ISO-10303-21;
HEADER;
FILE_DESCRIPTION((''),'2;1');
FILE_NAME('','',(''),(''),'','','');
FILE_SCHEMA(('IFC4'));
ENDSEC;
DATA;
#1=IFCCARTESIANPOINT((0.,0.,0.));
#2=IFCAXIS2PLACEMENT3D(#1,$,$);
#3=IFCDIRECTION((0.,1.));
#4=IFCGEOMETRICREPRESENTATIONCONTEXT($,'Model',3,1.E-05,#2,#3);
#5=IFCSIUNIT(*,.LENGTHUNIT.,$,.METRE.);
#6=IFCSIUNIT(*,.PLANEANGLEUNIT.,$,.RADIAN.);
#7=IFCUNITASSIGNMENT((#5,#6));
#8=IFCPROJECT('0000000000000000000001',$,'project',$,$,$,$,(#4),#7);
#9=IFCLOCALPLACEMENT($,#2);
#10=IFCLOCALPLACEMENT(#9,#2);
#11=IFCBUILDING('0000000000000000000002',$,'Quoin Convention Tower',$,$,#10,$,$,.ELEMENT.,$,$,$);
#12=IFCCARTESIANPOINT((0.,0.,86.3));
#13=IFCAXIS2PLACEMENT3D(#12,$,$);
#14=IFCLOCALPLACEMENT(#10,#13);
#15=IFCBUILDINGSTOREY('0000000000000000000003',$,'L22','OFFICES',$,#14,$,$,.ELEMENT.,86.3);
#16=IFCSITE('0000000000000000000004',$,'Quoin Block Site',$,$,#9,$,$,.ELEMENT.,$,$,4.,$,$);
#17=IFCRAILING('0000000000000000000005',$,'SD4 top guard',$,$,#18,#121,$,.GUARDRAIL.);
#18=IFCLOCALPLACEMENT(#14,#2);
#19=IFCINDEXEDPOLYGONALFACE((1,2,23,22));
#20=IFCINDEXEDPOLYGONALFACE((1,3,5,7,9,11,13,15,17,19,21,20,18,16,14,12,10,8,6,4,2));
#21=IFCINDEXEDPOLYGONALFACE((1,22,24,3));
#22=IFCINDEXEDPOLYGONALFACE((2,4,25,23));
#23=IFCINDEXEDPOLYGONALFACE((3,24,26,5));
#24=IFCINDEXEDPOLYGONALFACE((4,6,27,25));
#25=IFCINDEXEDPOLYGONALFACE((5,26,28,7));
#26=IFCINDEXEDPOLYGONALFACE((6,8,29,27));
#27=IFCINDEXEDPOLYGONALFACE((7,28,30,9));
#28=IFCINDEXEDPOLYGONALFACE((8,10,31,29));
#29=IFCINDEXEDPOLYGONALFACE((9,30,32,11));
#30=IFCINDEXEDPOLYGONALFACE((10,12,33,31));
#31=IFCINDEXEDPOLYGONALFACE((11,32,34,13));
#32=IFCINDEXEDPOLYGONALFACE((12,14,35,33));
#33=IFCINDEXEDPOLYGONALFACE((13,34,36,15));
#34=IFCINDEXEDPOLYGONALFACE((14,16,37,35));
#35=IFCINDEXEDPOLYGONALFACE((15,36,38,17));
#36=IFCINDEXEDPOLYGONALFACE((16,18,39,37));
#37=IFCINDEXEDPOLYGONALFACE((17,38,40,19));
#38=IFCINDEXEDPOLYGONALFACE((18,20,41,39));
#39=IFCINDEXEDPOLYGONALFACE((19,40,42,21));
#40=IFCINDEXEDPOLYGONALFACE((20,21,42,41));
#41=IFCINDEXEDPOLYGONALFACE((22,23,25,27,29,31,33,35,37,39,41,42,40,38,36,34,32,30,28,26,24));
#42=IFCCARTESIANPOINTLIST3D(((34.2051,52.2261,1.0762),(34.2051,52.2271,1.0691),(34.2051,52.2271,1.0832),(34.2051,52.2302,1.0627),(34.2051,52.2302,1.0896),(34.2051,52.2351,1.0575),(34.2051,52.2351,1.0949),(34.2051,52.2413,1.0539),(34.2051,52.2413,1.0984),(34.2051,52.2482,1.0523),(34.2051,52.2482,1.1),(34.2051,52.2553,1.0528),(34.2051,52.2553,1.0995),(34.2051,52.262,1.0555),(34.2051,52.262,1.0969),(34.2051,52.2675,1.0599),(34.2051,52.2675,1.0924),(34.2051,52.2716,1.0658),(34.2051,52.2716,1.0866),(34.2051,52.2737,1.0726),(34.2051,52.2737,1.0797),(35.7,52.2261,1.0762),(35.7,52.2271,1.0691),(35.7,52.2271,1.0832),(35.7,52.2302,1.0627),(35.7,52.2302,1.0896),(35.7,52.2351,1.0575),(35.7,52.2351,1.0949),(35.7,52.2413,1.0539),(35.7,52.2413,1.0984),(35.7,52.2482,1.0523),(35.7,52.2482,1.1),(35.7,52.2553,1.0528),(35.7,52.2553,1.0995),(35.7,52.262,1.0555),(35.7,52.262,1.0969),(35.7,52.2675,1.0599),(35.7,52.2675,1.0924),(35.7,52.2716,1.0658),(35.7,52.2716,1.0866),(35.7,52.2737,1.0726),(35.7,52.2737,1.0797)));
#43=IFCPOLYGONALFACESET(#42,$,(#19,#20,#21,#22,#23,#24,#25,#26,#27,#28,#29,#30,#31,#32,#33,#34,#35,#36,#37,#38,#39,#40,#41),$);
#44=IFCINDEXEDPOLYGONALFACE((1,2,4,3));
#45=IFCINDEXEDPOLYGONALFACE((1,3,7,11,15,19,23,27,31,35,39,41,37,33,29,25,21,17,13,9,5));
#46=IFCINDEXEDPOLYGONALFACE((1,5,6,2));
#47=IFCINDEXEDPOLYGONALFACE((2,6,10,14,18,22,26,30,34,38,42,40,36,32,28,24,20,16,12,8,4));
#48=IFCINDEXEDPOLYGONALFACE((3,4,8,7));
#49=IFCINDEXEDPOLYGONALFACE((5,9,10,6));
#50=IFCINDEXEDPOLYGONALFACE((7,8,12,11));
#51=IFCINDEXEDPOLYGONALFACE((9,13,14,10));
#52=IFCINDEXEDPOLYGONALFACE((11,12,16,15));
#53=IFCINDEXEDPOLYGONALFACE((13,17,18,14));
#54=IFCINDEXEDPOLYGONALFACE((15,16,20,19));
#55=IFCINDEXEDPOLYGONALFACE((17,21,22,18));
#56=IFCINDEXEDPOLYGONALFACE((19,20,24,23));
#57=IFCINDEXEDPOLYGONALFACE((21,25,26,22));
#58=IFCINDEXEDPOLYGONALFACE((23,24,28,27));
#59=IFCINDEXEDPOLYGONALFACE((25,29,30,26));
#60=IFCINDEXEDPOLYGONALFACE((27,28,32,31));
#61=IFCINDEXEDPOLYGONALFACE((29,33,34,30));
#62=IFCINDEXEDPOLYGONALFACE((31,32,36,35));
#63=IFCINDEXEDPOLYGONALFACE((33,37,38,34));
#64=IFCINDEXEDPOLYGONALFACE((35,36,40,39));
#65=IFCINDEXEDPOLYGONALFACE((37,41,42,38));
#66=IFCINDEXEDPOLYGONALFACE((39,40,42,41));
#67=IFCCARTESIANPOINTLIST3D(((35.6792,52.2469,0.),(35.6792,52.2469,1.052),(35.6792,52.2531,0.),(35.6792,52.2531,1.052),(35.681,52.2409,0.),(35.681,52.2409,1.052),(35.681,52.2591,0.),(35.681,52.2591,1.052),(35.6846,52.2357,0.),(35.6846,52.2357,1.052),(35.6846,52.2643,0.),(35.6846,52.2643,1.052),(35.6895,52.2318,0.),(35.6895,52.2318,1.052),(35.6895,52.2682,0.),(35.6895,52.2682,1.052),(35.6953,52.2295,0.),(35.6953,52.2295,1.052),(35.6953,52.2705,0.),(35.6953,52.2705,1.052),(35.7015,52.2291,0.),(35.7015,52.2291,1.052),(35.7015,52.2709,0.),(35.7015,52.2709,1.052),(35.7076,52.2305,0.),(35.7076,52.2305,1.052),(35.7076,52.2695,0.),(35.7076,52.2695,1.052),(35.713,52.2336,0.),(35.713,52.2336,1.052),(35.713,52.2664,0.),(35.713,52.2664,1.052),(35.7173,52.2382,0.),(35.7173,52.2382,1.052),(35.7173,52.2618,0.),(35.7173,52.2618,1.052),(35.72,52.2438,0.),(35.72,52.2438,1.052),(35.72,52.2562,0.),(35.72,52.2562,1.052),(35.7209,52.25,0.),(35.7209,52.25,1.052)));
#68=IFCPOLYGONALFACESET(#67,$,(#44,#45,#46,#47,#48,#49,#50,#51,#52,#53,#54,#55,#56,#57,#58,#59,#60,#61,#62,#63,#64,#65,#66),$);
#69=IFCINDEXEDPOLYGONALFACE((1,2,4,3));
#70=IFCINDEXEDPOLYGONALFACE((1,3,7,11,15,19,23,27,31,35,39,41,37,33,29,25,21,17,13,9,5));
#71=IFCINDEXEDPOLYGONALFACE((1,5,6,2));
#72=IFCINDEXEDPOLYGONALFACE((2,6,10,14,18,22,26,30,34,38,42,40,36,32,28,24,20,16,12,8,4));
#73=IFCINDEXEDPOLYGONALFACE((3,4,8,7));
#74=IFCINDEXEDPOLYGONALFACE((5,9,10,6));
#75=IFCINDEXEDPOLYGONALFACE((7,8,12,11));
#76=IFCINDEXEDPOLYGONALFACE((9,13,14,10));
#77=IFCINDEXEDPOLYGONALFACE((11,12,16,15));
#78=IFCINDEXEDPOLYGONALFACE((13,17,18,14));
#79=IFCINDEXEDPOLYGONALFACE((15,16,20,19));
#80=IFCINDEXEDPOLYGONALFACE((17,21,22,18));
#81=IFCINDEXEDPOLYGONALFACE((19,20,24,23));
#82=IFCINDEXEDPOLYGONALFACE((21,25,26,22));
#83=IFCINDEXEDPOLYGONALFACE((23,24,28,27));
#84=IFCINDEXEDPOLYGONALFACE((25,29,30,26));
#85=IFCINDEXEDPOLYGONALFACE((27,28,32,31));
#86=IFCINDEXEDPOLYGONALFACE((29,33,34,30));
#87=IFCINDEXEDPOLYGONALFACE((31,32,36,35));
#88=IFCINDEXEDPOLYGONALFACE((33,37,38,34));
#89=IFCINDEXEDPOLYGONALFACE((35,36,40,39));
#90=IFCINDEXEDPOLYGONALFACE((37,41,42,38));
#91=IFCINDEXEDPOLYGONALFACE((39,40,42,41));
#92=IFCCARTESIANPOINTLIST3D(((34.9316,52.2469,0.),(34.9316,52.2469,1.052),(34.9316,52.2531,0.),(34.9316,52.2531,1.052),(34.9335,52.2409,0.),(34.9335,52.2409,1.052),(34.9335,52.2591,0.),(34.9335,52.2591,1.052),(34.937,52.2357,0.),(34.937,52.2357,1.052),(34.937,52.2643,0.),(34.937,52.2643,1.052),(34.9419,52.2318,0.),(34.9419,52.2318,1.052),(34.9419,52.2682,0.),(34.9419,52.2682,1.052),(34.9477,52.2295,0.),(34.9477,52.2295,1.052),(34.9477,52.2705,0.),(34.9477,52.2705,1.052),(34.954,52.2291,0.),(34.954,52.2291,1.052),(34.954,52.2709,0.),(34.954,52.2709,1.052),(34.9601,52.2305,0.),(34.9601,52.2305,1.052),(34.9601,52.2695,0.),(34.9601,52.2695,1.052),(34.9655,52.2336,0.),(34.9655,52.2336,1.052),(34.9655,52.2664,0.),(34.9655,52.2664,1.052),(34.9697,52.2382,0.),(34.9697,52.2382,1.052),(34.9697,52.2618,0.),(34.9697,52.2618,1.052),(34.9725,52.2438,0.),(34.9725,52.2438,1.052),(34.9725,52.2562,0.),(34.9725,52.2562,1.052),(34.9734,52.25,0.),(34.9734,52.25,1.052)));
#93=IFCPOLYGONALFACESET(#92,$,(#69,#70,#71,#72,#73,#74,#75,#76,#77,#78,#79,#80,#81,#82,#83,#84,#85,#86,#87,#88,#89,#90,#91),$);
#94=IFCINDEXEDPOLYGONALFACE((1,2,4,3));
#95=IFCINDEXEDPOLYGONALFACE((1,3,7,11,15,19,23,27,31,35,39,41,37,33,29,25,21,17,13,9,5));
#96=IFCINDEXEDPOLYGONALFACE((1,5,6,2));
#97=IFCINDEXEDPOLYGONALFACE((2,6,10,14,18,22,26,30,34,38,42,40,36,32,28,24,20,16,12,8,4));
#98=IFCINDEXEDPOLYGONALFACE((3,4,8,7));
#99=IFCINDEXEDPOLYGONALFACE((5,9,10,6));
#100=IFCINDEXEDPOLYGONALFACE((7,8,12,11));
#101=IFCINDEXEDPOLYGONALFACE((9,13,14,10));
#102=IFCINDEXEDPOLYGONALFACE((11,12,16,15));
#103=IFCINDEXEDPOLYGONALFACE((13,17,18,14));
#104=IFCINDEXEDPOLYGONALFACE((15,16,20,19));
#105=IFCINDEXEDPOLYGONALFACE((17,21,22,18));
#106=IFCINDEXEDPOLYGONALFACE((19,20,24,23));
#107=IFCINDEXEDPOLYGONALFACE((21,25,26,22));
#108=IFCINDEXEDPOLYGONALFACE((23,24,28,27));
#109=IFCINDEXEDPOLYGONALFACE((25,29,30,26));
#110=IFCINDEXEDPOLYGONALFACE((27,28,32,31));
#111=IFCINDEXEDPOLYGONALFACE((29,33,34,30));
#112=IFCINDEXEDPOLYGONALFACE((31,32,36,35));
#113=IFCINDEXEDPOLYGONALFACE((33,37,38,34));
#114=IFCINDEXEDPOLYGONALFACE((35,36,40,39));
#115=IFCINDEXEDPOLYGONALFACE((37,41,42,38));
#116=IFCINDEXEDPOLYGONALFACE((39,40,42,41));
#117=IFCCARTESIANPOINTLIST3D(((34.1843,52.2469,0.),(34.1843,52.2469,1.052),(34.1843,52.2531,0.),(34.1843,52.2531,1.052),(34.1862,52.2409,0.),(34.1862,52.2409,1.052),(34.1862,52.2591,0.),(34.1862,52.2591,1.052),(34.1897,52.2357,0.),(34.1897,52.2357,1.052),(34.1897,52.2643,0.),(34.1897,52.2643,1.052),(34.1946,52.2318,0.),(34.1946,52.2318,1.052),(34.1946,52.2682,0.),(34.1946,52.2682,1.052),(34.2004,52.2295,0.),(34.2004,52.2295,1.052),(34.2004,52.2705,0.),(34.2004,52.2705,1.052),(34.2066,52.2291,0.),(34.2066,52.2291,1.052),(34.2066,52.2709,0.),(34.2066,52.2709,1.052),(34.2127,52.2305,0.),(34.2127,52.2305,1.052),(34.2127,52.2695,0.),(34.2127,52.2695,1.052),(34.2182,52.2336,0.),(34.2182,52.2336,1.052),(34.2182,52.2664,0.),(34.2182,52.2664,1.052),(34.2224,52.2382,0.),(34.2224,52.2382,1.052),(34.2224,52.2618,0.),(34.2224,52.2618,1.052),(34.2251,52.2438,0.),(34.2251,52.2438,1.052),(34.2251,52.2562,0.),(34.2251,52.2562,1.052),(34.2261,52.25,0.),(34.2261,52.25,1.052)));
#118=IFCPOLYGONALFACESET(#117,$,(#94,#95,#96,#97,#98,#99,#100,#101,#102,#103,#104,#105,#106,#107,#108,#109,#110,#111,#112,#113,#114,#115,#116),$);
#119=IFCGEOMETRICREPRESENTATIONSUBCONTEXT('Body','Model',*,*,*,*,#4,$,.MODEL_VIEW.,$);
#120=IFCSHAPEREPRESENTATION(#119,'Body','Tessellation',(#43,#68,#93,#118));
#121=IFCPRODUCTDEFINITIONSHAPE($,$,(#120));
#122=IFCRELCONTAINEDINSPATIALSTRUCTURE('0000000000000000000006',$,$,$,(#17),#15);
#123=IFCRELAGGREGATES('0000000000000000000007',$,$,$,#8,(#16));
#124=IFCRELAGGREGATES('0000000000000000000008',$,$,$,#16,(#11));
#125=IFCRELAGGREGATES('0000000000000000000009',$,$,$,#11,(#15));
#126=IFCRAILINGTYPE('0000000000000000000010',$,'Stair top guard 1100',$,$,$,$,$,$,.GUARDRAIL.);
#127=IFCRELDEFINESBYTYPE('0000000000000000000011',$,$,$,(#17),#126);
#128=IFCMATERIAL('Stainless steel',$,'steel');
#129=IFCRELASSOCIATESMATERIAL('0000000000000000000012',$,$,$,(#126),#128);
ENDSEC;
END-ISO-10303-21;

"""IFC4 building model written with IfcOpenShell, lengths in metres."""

from ifc_helpers import new_model, si_unit, direction, frame, origin, origin_2d, place, context, subcontext, project, spatial, circle, extrude, material, type_object, element, save


model = new_model("IFC4")

# Units and contexts
model_context = context("Model", 3, precision=1e-05, world=origin(), true_north=direction((0.0, 1.0)))
body_context = subcontext(model_context, "Body", "Model", "MODEL_VIEW")
ifc_project = project(units=[si_unit("LENGTHUNIT", "METRE"), si_unit("PLANEANGLEUNIT", "RADIAN")], contexts=[model_context])

# Site, building, storey
site_placement = place(None, origin())
site = spatial("IfcSite", under=ifc_project, at=site_placement, Name="Quoin Block Site", CompositionType="ELEMENT", RefElevation=4.0)
building_placement = place(site_placement, origin())
building = spatial("IfcBuilding", under=site, at=building_placement, Name="Quoin Convention Tower", CompositionType="ELEMENT")
storey_placement = place(building_placement, frame((0.0, 0.0, 86.3)))
storey = spatial("IfcBuildingStorey", under=building, at=storey_placement, Name="L22", Description="OFFICES", CompositionType="ELEMENT", Elevation=86.3)

# Railing
ifc_material_1 = material(Name="Stainless steel", Category="steel")
railing_type_1 = type_object("IfcRailingType", Name="Stair top guard 1100", PredefinedType="GUARDRAIL", material=ifc_material_1)
railing_1_placement = place(storey_placement, frame((35.7, 52.25, 0.0)))
element("IfcRailing", 1, at=railing_1_placement, inside=storey, type_object=railing_type_1, Name="SD4 top guard", PredefinedType="GUARDRAIL", context=body_context, shape_type="SweptSolid", body=[
    extrude(circle(Radius=0.0239, at=origin_2d()), frame((0.0, 0.0, 1.0762), z_axis=(-1.0, 0.0, 0.0), x_axis=(0.0, -1.0, 0.0)), (0.0, 0.0, 1.0), 1.4949),
    extrude(circle(Radius=0.021, at=origin_2d()), origin(), (0.0, 0.0, 1.0), 1.052),
    extrude(circle(Radius=0.021, at=origin_2d()), frame((-0.7476, 0.0, 0.0)), (0.0, 0.0, 1.0), 1.052),
    extrude(circle(Radius=0.021, at=origin_2d()), frame((-1.4949, 0.0, 0.0)), (0.0, 0.0, 1.0), 1.052),
])

save(model, "model.ifc")
